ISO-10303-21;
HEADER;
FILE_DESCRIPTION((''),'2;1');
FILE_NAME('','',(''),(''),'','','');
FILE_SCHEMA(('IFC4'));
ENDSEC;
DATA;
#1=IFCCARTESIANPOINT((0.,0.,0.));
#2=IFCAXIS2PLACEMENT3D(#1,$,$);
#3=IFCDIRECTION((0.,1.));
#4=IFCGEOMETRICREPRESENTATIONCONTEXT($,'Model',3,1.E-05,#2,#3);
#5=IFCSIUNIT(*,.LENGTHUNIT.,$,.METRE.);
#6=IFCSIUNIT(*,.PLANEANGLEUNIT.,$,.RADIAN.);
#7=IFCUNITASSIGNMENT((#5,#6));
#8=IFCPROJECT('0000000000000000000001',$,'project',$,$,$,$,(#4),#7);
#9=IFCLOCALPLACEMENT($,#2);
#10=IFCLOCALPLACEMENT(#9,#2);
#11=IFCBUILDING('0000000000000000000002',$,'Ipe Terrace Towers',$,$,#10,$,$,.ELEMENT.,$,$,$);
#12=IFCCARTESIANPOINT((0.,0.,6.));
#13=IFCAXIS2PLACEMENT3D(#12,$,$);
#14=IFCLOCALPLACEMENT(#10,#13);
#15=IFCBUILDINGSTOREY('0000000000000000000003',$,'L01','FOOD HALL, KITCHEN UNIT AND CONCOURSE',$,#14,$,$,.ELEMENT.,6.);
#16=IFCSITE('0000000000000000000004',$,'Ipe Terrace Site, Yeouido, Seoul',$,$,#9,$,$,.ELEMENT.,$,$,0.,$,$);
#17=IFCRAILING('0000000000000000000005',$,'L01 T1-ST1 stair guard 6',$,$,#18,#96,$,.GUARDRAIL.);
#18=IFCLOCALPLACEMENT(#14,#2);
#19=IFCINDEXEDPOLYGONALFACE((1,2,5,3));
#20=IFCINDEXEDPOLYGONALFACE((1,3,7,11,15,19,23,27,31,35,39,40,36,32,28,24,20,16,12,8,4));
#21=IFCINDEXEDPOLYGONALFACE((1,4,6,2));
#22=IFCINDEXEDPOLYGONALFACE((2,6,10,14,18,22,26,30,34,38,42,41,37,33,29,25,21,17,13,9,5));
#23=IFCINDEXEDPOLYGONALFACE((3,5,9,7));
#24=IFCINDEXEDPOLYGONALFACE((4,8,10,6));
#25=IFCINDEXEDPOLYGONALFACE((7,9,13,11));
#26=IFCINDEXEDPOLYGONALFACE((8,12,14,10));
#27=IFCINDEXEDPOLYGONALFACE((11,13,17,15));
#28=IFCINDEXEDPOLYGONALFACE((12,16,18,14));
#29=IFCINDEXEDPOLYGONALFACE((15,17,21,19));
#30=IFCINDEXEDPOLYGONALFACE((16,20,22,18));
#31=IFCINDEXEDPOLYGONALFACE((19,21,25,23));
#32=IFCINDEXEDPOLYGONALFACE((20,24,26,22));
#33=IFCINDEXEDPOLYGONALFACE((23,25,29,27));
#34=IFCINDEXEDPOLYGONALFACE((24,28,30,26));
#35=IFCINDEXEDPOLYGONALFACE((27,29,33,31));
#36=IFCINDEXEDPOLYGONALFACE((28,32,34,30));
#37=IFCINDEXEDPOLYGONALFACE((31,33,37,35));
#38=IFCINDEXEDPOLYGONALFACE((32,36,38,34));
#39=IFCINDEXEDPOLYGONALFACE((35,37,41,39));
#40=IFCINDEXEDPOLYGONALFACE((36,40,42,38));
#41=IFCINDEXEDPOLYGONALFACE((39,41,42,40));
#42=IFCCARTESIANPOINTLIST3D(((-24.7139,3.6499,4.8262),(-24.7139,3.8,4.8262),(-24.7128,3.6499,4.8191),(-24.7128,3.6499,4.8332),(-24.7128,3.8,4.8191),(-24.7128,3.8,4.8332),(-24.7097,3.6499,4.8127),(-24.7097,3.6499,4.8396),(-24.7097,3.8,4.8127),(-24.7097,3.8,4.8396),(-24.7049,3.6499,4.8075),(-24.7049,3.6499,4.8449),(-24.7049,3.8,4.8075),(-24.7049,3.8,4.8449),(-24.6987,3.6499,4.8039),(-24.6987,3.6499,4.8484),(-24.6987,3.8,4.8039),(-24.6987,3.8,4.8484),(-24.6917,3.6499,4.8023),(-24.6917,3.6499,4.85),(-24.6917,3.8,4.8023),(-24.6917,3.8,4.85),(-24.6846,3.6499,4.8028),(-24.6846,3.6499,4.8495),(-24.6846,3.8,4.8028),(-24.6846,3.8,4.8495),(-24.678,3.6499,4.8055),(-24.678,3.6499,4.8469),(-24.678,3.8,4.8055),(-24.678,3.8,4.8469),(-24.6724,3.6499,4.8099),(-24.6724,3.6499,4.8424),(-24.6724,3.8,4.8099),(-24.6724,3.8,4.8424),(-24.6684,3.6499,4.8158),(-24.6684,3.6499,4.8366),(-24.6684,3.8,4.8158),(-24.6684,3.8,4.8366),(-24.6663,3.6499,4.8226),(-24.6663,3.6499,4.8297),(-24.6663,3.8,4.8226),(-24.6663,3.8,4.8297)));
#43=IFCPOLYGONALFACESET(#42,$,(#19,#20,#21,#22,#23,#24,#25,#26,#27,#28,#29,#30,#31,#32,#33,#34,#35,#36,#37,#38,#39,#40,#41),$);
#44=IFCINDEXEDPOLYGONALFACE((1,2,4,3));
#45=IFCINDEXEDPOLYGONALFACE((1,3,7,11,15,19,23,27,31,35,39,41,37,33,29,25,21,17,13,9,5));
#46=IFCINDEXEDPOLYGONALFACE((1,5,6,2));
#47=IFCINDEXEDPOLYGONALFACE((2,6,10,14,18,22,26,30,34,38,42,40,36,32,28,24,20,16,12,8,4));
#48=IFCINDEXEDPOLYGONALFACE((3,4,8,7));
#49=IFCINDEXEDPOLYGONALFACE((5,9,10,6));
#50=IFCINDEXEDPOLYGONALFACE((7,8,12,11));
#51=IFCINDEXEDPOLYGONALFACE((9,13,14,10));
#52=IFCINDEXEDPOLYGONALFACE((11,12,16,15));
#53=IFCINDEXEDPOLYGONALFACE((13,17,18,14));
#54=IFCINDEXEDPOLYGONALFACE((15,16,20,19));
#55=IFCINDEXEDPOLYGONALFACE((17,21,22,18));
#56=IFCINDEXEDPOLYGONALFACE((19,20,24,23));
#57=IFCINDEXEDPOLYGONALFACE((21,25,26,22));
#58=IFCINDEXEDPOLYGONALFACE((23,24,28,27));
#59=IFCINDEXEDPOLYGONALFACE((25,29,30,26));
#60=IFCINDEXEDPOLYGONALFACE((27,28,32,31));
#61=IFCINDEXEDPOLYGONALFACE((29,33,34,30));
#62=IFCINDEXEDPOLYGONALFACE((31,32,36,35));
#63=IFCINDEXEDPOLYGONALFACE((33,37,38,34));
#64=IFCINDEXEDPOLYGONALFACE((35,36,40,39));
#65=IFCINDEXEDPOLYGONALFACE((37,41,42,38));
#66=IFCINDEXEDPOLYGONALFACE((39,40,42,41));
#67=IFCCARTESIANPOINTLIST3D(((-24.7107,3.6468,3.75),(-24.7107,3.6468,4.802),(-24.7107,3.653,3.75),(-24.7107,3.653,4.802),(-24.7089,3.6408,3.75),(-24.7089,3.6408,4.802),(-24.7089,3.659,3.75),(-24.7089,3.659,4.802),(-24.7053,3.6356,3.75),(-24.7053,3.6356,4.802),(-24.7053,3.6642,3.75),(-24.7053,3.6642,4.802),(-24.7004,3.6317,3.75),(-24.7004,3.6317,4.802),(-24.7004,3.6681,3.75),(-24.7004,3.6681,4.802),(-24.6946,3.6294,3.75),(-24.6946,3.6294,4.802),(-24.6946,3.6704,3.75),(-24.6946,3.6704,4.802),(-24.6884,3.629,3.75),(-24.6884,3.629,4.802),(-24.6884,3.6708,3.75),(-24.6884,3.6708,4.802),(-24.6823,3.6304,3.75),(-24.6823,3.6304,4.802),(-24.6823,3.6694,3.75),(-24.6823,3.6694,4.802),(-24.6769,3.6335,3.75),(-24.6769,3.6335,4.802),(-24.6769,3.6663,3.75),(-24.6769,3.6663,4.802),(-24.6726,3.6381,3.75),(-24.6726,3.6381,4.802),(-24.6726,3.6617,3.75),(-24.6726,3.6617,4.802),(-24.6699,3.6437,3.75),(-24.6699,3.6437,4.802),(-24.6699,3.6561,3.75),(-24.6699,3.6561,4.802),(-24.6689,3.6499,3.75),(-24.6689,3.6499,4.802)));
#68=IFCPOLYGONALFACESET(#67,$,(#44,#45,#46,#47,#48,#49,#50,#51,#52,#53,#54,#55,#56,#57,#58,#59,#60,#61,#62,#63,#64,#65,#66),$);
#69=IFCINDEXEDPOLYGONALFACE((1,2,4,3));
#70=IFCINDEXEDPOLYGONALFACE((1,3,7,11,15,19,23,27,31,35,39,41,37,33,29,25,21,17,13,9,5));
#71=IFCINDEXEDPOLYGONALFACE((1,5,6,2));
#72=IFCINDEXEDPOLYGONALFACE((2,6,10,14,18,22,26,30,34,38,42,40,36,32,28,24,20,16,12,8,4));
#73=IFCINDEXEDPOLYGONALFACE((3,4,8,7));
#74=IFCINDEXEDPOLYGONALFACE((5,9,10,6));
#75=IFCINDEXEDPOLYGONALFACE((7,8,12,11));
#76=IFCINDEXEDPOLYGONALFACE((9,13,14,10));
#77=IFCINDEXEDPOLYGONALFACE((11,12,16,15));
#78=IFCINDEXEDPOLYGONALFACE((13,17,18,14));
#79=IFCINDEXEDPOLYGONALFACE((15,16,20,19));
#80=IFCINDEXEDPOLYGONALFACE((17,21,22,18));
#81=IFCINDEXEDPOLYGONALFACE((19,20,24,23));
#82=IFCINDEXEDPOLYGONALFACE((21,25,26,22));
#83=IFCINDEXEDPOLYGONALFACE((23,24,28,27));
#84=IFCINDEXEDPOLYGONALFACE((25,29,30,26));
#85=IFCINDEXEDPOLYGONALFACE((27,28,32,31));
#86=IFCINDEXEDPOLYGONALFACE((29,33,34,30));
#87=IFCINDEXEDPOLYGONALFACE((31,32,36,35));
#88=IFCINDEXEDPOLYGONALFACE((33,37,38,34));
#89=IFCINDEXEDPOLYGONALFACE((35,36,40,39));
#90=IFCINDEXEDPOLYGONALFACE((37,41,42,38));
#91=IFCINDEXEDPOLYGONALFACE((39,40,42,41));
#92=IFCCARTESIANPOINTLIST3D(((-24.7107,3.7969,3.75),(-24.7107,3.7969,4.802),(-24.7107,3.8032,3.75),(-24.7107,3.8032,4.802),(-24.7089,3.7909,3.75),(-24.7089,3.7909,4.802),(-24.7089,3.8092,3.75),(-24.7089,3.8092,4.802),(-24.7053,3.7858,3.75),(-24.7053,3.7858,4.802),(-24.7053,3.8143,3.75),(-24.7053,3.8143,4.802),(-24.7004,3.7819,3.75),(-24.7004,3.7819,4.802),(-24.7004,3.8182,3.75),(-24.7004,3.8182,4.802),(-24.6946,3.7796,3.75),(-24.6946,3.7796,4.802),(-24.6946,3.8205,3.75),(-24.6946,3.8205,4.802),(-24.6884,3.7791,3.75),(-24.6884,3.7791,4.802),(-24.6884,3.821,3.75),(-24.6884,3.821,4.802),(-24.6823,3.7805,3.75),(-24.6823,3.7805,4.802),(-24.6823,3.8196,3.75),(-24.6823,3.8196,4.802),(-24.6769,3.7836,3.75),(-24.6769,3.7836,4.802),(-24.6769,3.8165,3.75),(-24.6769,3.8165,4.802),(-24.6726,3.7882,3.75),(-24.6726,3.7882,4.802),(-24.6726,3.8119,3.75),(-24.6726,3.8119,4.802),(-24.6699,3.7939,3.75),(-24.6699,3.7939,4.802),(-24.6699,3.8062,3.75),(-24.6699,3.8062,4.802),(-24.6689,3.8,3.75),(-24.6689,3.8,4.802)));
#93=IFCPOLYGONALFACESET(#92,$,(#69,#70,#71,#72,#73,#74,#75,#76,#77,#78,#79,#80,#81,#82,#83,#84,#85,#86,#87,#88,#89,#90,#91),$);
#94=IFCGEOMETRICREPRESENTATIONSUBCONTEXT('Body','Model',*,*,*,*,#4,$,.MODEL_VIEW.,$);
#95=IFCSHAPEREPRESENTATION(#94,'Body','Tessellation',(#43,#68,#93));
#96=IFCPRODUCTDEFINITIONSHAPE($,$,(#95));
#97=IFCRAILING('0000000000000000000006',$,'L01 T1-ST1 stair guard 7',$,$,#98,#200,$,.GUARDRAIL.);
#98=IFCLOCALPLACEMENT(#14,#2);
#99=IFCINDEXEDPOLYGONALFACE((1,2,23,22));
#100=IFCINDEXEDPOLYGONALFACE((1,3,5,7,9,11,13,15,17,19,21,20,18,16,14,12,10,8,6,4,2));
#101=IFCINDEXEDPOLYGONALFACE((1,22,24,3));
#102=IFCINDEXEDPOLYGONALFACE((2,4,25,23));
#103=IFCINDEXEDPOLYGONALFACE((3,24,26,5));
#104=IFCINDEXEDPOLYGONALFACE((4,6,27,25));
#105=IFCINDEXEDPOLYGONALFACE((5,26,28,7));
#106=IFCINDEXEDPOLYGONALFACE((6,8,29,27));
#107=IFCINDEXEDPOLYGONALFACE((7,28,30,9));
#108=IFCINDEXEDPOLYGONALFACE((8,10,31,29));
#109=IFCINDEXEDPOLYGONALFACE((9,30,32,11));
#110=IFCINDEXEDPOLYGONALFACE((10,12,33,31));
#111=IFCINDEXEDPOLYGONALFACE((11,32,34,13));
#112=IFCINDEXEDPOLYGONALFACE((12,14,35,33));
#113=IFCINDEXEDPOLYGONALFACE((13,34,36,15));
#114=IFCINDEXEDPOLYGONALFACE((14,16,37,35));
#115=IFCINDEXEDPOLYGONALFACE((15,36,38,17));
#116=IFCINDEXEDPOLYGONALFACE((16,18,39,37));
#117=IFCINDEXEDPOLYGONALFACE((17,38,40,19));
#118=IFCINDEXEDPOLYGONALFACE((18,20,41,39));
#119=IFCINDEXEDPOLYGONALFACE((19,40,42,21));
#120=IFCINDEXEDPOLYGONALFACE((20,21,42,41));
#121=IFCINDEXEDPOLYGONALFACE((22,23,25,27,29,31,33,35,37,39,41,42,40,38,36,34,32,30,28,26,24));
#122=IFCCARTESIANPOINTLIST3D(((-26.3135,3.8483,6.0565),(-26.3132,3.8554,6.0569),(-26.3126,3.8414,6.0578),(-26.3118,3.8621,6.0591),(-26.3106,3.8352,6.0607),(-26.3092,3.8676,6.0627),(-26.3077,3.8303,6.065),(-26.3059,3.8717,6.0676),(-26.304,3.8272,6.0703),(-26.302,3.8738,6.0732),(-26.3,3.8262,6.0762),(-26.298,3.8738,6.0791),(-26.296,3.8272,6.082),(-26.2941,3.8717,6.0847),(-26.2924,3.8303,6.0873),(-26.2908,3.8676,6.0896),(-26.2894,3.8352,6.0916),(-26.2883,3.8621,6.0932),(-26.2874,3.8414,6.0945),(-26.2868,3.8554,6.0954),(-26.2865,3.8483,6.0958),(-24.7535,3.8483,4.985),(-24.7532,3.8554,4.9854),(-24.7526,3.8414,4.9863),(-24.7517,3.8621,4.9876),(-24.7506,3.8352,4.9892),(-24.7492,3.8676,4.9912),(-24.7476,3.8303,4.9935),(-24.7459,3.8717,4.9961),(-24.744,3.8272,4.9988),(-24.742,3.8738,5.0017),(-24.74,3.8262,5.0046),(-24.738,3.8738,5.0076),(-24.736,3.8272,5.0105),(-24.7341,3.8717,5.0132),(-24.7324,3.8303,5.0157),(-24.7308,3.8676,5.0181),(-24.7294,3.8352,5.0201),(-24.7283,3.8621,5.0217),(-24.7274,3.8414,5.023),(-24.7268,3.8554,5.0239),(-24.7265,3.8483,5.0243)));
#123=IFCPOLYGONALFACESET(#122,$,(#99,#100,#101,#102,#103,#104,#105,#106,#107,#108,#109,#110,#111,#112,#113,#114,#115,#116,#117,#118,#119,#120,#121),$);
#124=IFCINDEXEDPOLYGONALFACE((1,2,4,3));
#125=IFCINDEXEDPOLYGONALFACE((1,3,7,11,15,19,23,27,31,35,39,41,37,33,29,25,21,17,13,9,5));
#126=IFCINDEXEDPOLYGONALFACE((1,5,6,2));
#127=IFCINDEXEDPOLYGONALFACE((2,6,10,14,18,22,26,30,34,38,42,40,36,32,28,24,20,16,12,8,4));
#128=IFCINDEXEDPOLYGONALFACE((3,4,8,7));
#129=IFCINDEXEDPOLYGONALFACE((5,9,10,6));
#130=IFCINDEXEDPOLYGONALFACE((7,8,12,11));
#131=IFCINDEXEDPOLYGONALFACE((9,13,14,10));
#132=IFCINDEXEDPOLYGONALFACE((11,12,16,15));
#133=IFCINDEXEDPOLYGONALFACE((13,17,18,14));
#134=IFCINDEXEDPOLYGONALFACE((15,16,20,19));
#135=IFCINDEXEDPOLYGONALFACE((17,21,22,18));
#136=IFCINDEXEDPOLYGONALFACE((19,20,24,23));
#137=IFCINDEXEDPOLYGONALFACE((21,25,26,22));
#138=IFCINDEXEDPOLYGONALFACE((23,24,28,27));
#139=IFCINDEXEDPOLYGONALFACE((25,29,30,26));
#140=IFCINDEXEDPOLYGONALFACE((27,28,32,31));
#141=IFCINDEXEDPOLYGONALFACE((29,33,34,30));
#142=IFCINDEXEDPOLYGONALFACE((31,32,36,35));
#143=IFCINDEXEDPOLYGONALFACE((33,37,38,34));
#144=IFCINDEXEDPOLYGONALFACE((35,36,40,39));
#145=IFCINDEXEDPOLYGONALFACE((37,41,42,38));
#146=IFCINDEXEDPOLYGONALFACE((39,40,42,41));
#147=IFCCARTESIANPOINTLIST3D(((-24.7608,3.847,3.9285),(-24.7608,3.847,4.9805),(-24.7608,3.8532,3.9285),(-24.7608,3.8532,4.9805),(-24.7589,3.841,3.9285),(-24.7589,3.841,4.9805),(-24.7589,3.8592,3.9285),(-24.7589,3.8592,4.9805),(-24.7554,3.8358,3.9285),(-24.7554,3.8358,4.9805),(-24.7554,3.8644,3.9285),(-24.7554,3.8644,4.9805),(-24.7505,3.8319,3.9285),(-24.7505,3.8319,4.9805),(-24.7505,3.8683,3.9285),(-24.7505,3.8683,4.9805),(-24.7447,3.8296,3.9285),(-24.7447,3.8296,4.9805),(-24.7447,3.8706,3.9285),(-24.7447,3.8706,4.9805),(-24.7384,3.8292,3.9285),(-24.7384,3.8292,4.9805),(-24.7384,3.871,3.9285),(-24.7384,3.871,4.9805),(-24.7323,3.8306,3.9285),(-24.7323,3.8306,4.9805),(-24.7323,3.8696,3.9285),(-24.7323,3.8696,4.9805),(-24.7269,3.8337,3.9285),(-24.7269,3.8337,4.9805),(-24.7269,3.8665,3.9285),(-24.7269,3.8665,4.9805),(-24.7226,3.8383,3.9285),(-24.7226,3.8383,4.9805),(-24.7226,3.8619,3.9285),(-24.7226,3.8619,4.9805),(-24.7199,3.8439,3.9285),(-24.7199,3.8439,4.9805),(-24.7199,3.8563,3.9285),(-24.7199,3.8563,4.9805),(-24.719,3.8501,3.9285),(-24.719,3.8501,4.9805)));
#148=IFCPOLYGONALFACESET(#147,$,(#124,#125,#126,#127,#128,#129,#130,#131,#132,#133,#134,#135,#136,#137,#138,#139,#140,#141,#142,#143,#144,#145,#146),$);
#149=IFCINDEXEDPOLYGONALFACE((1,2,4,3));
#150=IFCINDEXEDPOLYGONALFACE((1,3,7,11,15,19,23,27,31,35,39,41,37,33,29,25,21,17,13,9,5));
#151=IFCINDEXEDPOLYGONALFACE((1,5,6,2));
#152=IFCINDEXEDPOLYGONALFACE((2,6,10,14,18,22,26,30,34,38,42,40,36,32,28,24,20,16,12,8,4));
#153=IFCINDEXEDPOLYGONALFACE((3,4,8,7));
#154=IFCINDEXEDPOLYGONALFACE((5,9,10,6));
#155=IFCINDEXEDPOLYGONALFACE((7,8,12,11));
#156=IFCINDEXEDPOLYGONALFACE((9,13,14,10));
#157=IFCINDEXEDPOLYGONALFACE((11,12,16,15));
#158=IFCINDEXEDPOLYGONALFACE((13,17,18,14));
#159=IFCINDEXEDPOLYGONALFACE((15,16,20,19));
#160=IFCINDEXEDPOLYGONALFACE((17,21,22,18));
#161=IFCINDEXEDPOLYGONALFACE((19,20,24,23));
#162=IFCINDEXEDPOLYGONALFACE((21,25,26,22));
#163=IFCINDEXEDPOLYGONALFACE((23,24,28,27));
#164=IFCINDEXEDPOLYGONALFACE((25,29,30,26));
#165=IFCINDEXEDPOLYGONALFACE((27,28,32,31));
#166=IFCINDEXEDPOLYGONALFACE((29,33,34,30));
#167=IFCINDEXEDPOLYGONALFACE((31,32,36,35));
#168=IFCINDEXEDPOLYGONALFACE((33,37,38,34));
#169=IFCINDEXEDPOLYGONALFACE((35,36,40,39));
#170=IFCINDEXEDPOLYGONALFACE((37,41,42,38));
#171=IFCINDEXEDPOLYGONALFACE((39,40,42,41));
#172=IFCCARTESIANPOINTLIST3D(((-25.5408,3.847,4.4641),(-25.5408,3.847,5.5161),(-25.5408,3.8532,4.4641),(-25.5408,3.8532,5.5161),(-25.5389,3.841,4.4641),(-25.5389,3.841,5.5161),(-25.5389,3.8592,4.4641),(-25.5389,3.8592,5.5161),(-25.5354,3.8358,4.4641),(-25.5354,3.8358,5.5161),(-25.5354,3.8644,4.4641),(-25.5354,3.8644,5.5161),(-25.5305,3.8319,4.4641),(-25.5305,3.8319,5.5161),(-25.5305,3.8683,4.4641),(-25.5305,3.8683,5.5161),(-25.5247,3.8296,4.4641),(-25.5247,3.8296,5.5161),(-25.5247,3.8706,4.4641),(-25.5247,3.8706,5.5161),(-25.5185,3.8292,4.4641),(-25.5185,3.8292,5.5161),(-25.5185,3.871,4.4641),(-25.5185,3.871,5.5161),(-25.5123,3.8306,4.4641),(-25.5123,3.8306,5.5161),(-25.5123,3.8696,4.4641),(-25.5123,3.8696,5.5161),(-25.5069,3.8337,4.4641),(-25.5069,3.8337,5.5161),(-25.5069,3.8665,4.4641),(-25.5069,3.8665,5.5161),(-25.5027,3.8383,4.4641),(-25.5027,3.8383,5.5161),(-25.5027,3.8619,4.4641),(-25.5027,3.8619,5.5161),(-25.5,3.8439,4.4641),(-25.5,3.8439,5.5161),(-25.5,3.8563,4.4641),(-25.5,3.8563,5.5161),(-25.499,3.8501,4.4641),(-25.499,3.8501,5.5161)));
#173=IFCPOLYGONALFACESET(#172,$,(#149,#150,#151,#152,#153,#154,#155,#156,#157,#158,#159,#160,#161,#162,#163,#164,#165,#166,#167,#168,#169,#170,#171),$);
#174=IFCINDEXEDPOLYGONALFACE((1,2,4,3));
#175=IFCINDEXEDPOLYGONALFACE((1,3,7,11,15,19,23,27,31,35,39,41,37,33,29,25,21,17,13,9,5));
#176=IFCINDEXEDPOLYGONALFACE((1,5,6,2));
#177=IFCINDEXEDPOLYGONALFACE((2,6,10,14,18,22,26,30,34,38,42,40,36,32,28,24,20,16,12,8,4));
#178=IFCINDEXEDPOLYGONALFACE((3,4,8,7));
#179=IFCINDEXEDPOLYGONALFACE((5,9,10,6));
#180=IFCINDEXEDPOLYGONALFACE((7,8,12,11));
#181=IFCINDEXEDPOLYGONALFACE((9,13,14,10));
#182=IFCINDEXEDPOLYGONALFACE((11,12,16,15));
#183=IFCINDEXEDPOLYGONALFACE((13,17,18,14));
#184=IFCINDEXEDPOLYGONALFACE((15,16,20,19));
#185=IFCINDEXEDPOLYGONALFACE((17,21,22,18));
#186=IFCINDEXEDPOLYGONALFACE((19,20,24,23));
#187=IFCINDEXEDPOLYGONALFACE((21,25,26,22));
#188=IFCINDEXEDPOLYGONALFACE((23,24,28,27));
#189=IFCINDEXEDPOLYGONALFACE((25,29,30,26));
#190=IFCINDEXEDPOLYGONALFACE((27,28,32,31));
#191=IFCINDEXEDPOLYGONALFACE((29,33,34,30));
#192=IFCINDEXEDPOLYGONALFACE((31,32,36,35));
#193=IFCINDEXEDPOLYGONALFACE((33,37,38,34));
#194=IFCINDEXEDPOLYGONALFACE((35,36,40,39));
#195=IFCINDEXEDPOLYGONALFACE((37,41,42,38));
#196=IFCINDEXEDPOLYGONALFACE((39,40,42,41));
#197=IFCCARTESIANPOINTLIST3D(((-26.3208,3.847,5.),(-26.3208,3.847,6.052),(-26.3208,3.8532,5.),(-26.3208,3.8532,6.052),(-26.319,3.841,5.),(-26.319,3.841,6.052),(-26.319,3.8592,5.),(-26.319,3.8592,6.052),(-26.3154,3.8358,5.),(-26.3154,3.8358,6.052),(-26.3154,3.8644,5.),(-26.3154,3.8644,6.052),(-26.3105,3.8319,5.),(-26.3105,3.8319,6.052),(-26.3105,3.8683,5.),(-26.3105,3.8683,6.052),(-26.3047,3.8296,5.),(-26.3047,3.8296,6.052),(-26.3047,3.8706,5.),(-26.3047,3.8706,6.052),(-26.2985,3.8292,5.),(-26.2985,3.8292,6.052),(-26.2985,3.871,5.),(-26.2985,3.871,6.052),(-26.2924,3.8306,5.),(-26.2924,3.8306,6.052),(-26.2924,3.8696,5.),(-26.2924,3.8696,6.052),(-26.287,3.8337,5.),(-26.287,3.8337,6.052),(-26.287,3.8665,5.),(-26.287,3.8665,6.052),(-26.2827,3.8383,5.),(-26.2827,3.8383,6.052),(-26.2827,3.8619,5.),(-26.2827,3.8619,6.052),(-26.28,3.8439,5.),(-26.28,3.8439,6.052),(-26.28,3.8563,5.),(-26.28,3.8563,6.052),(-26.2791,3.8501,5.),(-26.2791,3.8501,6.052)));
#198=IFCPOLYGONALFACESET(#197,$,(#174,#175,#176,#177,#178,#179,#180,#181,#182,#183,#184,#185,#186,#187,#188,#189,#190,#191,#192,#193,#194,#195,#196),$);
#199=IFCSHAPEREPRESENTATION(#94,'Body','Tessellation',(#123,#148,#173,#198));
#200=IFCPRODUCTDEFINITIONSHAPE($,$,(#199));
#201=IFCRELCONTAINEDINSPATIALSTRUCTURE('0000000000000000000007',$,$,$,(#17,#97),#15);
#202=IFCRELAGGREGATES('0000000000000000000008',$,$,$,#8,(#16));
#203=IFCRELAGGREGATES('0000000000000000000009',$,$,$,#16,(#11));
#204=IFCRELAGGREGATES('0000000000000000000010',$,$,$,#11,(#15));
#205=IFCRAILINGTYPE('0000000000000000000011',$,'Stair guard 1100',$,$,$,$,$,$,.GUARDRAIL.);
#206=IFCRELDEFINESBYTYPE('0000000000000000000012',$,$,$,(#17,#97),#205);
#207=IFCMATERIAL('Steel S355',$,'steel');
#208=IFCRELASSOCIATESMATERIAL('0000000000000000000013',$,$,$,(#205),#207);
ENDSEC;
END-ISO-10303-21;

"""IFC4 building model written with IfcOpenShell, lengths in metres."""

from ifc_helpers import new_model, si_unit, direction, frame, origin, origin_2d, place, context, subcontext, project, spatial, circle, extrude, material, type_object, element, save


model = new_model("IFC4")

# Units and contexts
model_context = context("Model", 3, precision=1e-05, world=origin(), true_north=direction((0.0, 1.0)))
body_context = subcontext(model_context, "Body", "Model", "MODEL_VIEW")
ifc_project = project(units=[si_unit("LENGTHUNIT", "METRE"), si_unit("PLANEANGLEUNIT", "RADIAN")], contexts=[model_context])

# Site, building, storey
site_placement = place(None, origin())
site = spatial("IfcSite", under=ifc_project, at=site_placement, Name="Ipe Terrace Site, Yeouido, Seoul", CompositionType="ELEMENT", RefElevation=0.0)
building_placement = place(site_placement, origin())
building = spatial("IfcBuilding", under=site, at=building_placement, Name="Ipe Terrace Towers", CompositionType="ELEMENT")
storey_placement = place(building_placement, frame((0.0, 0.0, 6.0)))
storey = spatial("IfcBuildingStorey", under=building, at=storey_placement, Name="L01", Description="FOOD HALL, KITCHEN UNIT AND CONCOURSE", CompositionType="ELEMENT", Elevation=6.0)

# Railings
ifc_material_1 = material(Name="Steel S355", Category="steel")
railing_type_1 = type_object("IfcRailingType", Name="Stair guard 1100", PredefinedType="GUARDRAIL", material=ifc_material_1)
railing_1_placement = place(storey_placement, frame((-24.6899, 3.6499, 3.75)))
element("IfcRailing", 1, at=railing_1_placement, inside=storey, type_object=railing_type_1, Name="L01 T1-ST1 stair guard 6", PredefinedType="GUARDRAIL", context=body_context, shape_type="SweptSolid", body=[
    extrude(circle(Radius=0.0239, at=origin_2d()), frame((0.0, 0.0, 1.0762), z_axis=(0.0, 1.0, 0.0), x_axis=(-1.0, 0.0, 0.0)), (0.0, 0.0, 1.0), 0.1501),
    extrude(circle(Radius=0.021, at=origin_2d()), origin(), (0.0, 0.0, 1.0), 1.052),
    extrude(circle(Radius=0.021, at=origin_2d()), frame((0.0, 0.1501, 0.0)), (0.0, 0.0, 1.0), 1.052),
])
railing_2_placement = place(storey_placement, frame((-24.74, 3.8501, 3.9285)))
element("IfcRailing", 2, at=railing_2_placement, inside=storey, type_object=railing_type_1, Name="L01 T1-ST1 stair guard 7", PredefinedType="GUARDRAIL", context=body_context, shape_type="SweptSolid", body=[
    extrude(circle(Radius=0.0239, at=origin_2d()), frame((0.0, 0.0, 1.0762), z_axis=(-0.82429, 0.0, 0.566167), x_axis=(0.0, -1.0, 0.0)), (0.0, 0.0, 1.0), 1.8926),
    extrude(circle(Radius=0.021, at=origin_2d()), origin(), (0.0, 0.0, 1.0), 1.052),
    extrude(circle(Radius=0.021, at=origin_2d()), frame((-0.78, 0.0, 0.5356)), (0.0, 0.0, 1.0), 1.052),
    extrude(circle(Radius=0.021, at=origin_2d()), frame((-1.5601, 0.0, 1.0715)), (0.0, 0.0, 1.0), 1.052),
])

save(model, "model.ifc")
